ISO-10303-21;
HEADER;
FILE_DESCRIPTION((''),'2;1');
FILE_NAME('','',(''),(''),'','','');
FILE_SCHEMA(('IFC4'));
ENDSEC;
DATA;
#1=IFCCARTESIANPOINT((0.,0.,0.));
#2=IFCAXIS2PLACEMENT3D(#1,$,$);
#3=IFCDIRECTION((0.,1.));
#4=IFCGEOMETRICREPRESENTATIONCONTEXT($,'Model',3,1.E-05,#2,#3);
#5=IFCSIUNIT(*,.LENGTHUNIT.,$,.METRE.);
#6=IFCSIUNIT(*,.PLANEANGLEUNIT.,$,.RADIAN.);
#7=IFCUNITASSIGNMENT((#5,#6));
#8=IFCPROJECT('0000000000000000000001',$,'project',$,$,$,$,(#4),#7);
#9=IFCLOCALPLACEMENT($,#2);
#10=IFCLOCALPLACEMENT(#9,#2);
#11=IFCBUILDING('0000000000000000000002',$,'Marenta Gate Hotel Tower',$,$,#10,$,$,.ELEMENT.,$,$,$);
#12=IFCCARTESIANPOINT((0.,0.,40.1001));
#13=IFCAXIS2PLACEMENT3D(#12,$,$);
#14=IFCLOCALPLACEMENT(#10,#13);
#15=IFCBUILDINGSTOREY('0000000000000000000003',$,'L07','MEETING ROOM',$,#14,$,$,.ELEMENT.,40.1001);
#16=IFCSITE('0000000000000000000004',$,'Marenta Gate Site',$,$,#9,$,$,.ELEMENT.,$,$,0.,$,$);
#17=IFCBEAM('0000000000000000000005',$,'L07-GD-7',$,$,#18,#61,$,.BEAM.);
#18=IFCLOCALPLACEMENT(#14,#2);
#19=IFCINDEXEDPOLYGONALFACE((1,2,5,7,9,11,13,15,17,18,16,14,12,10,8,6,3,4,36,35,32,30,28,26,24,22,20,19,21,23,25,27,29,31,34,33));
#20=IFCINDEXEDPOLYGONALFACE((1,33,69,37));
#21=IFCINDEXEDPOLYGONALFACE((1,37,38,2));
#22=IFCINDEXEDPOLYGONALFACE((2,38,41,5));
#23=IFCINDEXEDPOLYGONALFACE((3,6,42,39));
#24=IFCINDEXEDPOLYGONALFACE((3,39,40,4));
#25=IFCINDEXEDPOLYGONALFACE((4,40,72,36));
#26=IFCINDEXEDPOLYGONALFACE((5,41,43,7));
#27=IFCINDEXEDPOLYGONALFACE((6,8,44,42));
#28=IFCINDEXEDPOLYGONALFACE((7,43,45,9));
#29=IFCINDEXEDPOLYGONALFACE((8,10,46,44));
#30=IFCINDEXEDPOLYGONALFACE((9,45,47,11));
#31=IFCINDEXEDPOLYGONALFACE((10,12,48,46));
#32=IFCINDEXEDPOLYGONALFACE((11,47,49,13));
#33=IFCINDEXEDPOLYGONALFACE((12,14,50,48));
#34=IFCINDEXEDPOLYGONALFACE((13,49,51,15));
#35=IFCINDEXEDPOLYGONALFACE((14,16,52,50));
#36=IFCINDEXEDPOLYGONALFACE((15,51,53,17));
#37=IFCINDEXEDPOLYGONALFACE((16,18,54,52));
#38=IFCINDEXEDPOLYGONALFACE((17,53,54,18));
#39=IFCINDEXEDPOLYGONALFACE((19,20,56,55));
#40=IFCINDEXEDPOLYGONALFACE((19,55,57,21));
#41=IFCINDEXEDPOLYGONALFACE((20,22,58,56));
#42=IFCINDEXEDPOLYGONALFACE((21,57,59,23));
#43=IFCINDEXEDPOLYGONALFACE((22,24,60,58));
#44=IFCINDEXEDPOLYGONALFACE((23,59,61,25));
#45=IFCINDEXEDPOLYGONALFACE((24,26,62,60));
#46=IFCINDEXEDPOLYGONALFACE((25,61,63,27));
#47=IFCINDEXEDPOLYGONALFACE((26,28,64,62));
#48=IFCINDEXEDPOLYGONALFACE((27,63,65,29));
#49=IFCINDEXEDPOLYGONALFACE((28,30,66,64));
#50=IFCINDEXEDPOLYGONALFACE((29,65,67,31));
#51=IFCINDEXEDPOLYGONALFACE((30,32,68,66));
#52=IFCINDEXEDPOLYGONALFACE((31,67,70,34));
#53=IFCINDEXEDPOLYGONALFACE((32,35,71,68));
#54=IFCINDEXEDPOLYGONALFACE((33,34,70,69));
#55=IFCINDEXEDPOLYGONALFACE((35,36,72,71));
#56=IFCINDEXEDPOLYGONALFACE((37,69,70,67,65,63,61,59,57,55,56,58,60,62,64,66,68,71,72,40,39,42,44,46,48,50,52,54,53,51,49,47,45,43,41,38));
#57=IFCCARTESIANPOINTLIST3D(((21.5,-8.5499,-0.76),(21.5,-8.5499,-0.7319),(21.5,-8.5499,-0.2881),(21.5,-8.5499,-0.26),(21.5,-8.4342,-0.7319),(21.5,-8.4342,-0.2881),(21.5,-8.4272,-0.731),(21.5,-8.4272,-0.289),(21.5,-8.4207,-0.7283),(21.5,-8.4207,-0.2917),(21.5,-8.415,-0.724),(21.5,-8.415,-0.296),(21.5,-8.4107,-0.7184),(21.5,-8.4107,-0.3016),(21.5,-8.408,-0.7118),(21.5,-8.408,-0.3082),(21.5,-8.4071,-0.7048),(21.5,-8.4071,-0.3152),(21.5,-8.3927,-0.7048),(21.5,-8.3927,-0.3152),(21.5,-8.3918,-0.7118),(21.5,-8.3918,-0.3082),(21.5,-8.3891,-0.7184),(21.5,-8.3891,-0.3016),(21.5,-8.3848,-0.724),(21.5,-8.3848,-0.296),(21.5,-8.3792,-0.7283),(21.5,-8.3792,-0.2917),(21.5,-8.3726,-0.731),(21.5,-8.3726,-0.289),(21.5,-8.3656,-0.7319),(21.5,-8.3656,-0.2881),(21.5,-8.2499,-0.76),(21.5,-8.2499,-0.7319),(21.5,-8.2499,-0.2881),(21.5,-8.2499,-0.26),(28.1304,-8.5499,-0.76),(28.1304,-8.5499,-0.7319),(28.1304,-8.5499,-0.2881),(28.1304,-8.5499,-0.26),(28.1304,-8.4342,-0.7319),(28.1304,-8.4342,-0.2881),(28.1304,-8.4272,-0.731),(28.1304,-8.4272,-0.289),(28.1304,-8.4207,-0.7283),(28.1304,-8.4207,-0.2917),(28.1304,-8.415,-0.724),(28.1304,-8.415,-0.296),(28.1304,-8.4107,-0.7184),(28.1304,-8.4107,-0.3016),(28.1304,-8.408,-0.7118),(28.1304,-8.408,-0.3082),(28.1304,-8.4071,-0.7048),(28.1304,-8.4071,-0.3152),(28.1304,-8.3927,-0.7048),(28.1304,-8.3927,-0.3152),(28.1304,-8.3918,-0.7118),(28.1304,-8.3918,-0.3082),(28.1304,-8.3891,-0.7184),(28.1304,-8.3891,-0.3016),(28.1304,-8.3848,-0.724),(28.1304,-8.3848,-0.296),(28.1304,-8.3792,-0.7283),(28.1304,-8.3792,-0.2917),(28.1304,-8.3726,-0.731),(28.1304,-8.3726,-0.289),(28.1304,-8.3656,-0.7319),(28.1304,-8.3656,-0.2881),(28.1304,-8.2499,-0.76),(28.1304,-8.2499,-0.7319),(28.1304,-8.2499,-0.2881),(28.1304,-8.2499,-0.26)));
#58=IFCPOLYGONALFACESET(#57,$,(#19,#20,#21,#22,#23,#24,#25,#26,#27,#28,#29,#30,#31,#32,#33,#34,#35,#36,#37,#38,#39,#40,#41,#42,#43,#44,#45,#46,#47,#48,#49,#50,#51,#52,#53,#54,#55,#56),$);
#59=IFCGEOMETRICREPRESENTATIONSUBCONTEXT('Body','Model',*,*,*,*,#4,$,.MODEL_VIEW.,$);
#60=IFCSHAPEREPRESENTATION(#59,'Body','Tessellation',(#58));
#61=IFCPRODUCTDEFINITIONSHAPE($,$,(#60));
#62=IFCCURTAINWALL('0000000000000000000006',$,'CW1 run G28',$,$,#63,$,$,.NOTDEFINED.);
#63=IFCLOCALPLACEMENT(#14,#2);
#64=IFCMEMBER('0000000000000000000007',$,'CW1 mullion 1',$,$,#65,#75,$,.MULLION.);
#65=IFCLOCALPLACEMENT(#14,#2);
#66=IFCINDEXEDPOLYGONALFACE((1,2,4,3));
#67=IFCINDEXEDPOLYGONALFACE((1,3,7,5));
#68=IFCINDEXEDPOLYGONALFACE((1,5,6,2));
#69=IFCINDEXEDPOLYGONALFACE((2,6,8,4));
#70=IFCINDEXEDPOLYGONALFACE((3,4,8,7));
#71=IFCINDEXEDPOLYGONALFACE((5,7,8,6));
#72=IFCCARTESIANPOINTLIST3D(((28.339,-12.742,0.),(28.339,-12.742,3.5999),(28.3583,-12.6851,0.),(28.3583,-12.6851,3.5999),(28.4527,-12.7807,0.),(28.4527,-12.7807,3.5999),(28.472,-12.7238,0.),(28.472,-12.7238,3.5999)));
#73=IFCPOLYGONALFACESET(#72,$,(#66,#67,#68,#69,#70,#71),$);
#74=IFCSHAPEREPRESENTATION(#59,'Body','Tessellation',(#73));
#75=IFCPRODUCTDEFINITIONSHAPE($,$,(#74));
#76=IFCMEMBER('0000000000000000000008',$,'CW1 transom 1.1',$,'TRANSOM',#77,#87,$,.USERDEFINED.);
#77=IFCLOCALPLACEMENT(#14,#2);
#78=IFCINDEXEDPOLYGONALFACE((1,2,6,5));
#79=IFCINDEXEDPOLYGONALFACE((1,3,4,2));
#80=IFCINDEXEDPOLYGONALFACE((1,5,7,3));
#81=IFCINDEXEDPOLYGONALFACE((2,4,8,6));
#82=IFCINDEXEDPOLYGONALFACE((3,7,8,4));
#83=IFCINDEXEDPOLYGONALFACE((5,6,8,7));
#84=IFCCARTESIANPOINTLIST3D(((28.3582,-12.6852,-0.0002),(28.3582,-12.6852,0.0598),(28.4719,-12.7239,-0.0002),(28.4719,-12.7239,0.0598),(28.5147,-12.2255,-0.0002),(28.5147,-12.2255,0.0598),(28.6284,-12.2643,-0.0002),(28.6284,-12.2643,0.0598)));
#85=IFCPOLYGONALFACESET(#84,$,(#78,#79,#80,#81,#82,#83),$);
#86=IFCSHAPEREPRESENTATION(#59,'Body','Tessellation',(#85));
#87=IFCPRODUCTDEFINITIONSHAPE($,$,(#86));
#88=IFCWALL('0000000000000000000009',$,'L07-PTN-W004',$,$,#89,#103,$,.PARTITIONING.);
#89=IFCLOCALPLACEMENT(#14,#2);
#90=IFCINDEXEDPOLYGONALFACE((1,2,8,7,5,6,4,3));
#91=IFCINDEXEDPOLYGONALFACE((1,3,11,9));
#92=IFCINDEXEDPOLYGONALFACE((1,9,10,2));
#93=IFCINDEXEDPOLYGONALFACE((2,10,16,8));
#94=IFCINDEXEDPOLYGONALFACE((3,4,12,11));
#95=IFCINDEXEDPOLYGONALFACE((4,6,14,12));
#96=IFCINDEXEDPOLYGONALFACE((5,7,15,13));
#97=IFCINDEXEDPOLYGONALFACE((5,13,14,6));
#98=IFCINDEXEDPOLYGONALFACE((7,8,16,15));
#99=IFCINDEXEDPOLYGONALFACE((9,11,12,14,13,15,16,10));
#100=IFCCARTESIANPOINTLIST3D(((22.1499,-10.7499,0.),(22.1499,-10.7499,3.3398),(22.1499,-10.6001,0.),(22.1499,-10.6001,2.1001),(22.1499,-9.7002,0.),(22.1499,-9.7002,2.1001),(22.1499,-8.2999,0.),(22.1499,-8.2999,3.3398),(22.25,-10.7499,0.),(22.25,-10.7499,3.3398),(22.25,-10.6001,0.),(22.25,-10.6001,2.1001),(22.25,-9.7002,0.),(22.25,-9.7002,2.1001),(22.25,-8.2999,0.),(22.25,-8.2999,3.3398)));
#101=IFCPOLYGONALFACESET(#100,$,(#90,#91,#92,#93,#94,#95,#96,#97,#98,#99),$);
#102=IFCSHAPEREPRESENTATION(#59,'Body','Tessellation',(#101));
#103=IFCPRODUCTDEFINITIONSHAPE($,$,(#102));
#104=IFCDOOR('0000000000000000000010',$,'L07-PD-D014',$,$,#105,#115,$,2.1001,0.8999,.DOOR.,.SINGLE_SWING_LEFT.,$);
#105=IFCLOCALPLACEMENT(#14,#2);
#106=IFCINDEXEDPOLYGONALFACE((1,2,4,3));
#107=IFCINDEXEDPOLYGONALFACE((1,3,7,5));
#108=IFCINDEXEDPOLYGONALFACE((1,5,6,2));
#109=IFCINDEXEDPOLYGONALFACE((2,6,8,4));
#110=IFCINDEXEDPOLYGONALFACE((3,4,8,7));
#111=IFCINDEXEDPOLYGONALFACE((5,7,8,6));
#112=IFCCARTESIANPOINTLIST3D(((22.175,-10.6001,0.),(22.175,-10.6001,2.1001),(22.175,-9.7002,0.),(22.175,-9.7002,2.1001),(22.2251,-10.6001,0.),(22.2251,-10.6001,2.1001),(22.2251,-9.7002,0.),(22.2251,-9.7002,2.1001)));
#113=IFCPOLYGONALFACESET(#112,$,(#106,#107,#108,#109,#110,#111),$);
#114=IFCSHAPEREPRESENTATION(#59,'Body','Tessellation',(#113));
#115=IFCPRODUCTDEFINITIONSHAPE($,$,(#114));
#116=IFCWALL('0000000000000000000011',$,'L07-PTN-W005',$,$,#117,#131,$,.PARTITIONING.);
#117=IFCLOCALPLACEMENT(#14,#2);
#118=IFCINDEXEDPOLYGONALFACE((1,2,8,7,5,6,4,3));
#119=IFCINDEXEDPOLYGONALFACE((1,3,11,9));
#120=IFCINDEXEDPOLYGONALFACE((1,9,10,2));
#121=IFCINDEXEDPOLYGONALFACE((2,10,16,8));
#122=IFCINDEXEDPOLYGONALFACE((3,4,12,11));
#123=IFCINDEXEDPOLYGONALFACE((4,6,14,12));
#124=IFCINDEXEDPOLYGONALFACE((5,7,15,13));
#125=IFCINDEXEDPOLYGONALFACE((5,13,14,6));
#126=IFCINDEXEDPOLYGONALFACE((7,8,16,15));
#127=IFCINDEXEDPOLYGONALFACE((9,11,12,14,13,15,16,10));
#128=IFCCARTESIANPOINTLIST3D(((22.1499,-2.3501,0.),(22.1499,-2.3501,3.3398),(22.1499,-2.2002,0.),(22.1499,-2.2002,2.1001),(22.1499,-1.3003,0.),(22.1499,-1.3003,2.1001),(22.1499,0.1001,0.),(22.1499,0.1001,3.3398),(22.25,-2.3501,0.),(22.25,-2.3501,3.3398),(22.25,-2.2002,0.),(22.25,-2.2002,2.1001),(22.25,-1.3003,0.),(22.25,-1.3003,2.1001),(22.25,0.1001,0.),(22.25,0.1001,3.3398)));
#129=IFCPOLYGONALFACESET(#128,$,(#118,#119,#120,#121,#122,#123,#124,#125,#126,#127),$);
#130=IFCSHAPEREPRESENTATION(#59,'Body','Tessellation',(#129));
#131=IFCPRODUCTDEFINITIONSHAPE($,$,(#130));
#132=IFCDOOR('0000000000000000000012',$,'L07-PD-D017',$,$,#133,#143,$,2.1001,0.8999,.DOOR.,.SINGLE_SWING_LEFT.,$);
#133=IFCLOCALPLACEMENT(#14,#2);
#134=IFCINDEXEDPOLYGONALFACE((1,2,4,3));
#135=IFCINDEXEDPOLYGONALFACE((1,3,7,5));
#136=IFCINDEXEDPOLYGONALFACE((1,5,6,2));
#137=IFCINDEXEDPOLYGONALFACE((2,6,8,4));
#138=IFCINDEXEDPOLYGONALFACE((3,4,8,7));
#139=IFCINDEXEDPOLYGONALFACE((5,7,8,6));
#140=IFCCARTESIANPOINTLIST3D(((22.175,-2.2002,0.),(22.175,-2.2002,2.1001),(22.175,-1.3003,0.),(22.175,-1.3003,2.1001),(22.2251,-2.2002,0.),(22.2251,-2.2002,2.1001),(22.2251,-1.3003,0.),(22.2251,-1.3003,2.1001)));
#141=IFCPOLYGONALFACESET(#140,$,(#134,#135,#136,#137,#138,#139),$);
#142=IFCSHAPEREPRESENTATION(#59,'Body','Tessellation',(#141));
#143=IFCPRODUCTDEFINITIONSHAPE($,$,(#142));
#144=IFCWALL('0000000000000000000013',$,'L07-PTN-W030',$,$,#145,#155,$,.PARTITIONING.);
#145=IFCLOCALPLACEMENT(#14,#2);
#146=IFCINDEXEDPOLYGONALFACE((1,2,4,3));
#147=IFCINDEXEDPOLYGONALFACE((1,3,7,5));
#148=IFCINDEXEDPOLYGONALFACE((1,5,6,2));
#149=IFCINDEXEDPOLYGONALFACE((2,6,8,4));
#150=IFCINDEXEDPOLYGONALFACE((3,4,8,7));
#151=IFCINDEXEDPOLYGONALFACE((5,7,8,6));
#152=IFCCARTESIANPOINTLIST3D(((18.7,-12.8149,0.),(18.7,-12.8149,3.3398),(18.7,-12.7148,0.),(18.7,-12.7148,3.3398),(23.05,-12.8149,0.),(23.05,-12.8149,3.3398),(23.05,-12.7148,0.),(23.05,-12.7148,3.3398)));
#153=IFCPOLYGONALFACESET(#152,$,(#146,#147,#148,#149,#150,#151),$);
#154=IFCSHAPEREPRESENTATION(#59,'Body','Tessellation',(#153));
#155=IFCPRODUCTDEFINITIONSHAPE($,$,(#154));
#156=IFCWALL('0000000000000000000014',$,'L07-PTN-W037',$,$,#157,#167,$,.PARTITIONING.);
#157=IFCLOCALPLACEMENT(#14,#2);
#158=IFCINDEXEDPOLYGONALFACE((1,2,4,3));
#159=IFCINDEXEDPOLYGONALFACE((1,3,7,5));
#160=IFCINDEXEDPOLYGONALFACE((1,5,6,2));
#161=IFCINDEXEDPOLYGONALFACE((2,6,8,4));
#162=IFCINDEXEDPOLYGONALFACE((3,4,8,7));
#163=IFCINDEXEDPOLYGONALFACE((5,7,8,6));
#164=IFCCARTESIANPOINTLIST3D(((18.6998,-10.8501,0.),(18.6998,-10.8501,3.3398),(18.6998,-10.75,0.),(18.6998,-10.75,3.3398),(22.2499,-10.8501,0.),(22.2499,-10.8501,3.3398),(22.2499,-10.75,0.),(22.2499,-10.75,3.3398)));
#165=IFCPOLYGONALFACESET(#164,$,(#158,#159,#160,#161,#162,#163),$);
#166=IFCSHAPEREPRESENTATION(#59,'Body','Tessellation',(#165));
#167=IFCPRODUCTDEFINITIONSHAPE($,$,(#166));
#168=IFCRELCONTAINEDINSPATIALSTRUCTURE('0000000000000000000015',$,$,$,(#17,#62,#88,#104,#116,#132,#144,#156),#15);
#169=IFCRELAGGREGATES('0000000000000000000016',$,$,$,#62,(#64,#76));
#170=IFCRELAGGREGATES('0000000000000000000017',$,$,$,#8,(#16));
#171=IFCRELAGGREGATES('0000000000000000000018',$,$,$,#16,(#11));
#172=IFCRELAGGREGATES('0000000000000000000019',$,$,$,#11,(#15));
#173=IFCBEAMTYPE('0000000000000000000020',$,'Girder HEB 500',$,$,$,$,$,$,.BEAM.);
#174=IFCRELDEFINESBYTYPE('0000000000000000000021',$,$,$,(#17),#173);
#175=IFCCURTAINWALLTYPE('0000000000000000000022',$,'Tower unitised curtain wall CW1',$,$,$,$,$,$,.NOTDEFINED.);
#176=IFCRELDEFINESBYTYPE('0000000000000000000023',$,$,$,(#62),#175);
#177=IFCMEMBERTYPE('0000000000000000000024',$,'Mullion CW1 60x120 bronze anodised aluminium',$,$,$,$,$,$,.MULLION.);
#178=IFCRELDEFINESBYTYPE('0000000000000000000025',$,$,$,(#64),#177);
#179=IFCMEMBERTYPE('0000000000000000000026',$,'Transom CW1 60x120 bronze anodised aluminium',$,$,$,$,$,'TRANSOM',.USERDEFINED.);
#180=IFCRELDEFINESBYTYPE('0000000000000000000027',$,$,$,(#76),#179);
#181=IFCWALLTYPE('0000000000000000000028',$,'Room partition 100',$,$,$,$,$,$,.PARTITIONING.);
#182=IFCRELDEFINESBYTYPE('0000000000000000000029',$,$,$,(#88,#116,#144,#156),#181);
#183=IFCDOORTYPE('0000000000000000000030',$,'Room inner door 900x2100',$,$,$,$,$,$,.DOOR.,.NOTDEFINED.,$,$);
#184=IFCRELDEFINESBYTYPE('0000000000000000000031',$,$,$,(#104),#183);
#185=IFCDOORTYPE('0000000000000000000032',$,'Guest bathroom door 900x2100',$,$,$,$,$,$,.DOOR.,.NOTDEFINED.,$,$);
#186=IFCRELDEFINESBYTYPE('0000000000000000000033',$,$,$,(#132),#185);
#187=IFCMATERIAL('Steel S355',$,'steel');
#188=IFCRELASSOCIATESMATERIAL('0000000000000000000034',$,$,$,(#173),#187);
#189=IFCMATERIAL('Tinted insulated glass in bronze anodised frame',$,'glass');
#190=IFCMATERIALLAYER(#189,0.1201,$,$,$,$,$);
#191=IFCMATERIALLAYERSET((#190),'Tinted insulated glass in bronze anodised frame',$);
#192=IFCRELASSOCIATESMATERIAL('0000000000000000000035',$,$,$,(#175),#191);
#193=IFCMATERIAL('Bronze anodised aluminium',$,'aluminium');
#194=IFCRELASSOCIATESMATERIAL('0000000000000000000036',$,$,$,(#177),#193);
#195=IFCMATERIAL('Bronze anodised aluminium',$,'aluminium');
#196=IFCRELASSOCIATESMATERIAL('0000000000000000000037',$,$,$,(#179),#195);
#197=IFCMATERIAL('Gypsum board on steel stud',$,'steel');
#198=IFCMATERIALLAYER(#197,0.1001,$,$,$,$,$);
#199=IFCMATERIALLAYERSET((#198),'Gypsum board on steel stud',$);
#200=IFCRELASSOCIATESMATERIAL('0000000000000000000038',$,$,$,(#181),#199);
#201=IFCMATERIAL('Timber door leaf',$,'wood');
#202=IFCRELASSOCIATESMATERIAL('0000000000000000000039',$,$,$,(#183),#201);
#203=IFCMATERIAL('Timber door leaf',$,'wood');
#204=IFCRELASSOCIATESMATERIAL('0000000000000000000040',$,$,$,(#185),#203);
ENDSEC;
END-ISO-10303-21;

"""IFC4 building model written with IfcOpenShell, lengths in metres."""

from ifc_helpers import new_model, si_unit, direction, frame, frame_2d, origin, origin_2d, place, context, subcontext, project, spatial, rectangle, i_section, extrude, material, layer, layer_set, material_profile, profile_set, type_object, element, fill, aggregate, save


model = new_model("IFC4")

# Units and contexts
model_context = context("Model", 3, precision=1e-05, world=origin(), true_north=direction((0.0, 1.0)))
body_context = subcontext(model_context, "Body", "Model", "MODEL_VIEW")
ifc_project = project(units=[si_unit("LENGTHUNIT", "METRE"), si_unit("PLANEANGLEUNIT", "RADIAN")], contexts=[model_context])

# Site, building, storey
site_placement = place(None, origin())
site = spatial("IfcSite", under=ifc_project, at=site_placement, Name="Marenta Gate Site", CompositionType="ELEMENT", RefElevation=0.0)
building_placement = place(site_placement, origin())
building = spatial("IfcBuilding", under=site, at=building_placement, Name="Marenta Gate Hotel Tower", CompositionType="ELEMENT")
storey_placement = place(building_placement, frame((0.0, 0.0, 40.1001)))
storey = spatial("IfcBuildingStorey", under=building, at=storey_placement, Name="L07", Description="MEETING ROOM", CompositionType="ELEMENT", Elevation=40.1001)

# Beam
ifc_material_1 = material(Name="Steel S355", Category="steel")
ifc_material_profile_1 = material_profile(ifc_material_1, i_section(OverallWidth=0.3, OverallDepth=0.5, WebThickness=0.0144, FlangeThickness=0.0281, FilletRadius=0.0271, at=origin_2d()), Name="HEB 500")
ifc_profile_set_1 = profile_set([ifc_material_profile_1], Name="Steel S355")
beam_type_1 = type_object("IfcBeamType", Name="Girder HEB 500", PredefinedType="BEAM", material=ifc_profile_set_1)
beam_1_placement = place(storey_placement, frame((21.5, -8.3999, -0.51), z_axis=(1.0, 0.0, 0.0), x_axis=(0.0, 1.0, 0.0)))
element("IfcBeam", 1, at=beam_1_placement, inside=storey, type_object=beam_type_1, Name="L07-GD-7", PredefinedType="BEAM", context=body_context, shape_type="SweptSolid", body=[
    extrude(i_section(OverallWidth=0.3, OverallDepth=0.5, WebThickness=0.0144, FlangeThickness=0.0281, FilletRadius=0.0271, at=origin_2d()), origin(), (0.0, 0.0, 1.0), 6.6304),
])

# Curtain wall, members
ifc_material_2 = material(Name="Tinted insulated glass in bronze anodised frame", Category="glass")
ifc_layer_1 = layer(ifc_material_2, 0.1201)
ifc_layer_set_1 = layer_set([ifc_layer_1], Name="Tinted insulated glass in bronze anodised frame")
curtain_wall_type = type_object("IfcCurtainWallType", Name="Tower unitised curtain wall CW1", PredefinedType="NOTDEFINED", material=ifc_layer_set_1)
curtain_wall_placement = place(storey_placement, origin())
curtain_wall = element("IfcCurtainWall", 2, at=curtain_wall_placement, inside=storey, type_object=curtain_wall_type, Name="CW1 run G28", PredefinedType="NOTDEFINED")
ifc_material_3 = material(Name="Bronze anodised aluminium", Category="aluminium")
ifc_material_profile_2 = material_profile(ifc_material_3, rectangle(XDim=0.1201, YDim=0.0601, at=origin_2d()), Name="Mullion CW1 60x120 bronze anodised aluminium")
ifc_profile_set_2 = profile_set([ifc_material_profile_2], Name="Bronze anodised aluminium")
member_type_1 = type_object("IfcMemberType", Name="Mullion CW1 60x120 bronze anodised aluminium", PredefinedType="MULLION", material=ifc_profile_set_2)
member_1_placement = place(storey_placement, frame((28.4055, -12.7329, 0.0), z_axis=(0.0, 0.0, 1.0), x_axis=(-0.946722, 0.322051, 0.0)))
member_1 = element("IfcMember", 3, at=member_1_placement, type_object=member_type_1, Name="CW1 mullion 1", PredefinedType="MULLION", context=body_context, shape_type="SweptSolid", body=[
    extrude(rectangle(XDim=0.1201, YDim=0.0601, at=origin_2d()), origin(), (0.0, 0.0, 1.0), 3.5999),
])
ifc_material_4 = material(Name="Bronze anodised aluminium", Category="aluminium")
ifc_material_profile_3 = material_profile(ifc_material_4, rectangle(XDim=0.1201, YDim=0.0601, at=origin_2d()), Name="Transom CW1 60x120 bronze anodised aluminium")
ifc_profile_set_3 = profile_set([ifc_material_profile_3], Name="Bronze anodised aluminium")
member_type_2 = type_object("IfcMemberType", Name="Transom CW1 60x120 bronze anodised aluminium", ElementType="TRANSOM", PredefinedType="USERDEFINED", material=ifc_profile_set_3)
member_2_placement = place(storey_placement, frame((28.415, -12.7046, 0.0298), z_axis=(0.322254, 0.946653, 0.0), x_axis=(-0.946653, 0.322254, 0.0)))
member_2 = element("IfcMember", 4, at=member_2_placement, type_object=member_type_2, Name="CW1 transom 1.1", ObjectType="TRANSOM", PredefinedType="USERDEFINED", context=body_context, shape_type="SweptSolid", body=[
    extrude(rectangle(XDim=0.1201, YDim=0.0601, at=origin_2d()), origin(), (0.0, 0.0, 1.0), 0.4856),
])
aggregate(curtain_wall, [member_1, member_2])

# Walls, openings, doors
ifc_material_5 = material(Name="Gypsum board on steel stud", Category="steel")
ifc_layer_2 = layer(ifc_material_5, 0.1001)
ifc_layer_set_2 = layer_set([ifc_layer_2], Name="Gypsum board on steel stud")
wall_type_1 = type_object("IfcWallType", Name="Room partition 100", PredefinedType="PARTITIONING", material=ifc_layer_set_2)
wall_1_placement = place(storey_placement, frame((22.2, -10.75, 0.0), z_axis=(0.0, 0.0, 1.0), x_axis=(0.0, 1.0, 0.0)))
wall_1 = element("IfcWall", 5, at=wall_1_placement, inside=storey, type_object=wall_type_1, Name="L07-PTN-W004", PredefinedType="PARTITIONING", context=body_context, shape_type="SweptSolid", body=[
    extrude(rectangle(XDim=2.45, YDim=0.1001, at=frame_2d((1.2251, 0.0))), origin(), (0.0, 0.0, 1.0), 3.3398),
])
opening_1_placement = place(wall_1_placement, frame((0.1499, 0.0, 0.0)))
opening_1 = element("IfcOpeningElement", 6, at=opening_1_placement, cuts=wall_1, PredefinedType="OPENING", context=body_context, shape_type="SweptSolid", body=[
    extrude(rectangle(XDim=0.8999, YDim=2.1001, at=frame_2d((0.45, 1.05))), frame((0.0, 0.05, 0.0), z_axis=(0.0, -1.0, 0.0), x_axis=(1.0, 0.0, 0.0)), (0.0, 0.0, 1.0), 0.1001),
])
ifc_material_6 = material(Name="Timber door leaf", Category="wood")
door_type_1 = type_object("IfcDoorType", Name="Room inner door 900x2100", OperationType="NOTDEFINED", PredefinedType="DOOR", material=ifc_material_6)
door_1_placement = place(opening_1_placement, origin())
door_1 = element("IfcDoor", 7, at=door_1_placement, inside=storey, type_object=door_type_1, Name="L07-PD-D014", OperationType="SINGLE_SWING_LEFT", OverallHeight=2.1001, OverallWidth=0.8999, PredefinedType="DOOR", context=body_context, shape_type="SweptSolid", body=[
    extrude(rectangle(XDim=0.8999, YDim=2.1001, at=frame_2d((0.45, 1.05))), frame((0.0, 0.0249, 0.0), z_axis=(0.0, -1.0, 0.0), x_axis=(1.0, 0.0, 0.0)), (0.0, 0.0, 1.0), 0.05),
])
fill(opening_1, door_1)
wall_2_placement = place(storey_placement, frame((22.2, -2.3501, 0.0), z_axis=(0.0, 0.0, 1.0), x_axis=(0.0, 1.0, 0.0)))
wall_2 = element("IfcWall", 8, at=wall_2_placement, inside=storey, type_object=wall_type_1, Name="L07-PTN-W005", PredefinedType="PARTITIONING", context=body_context, shape_type="SweptSolid", body=[
    extrude(rectangle(XDim=2.4502, YDim=0.1001, at=frame_2d((1.2251, 0.0))), origin(), (0.0, 0.0, 1.0), 3.3398),
])
opening_2_placement = place(wall_2_placement, frame((0.1499, 0.0, 0.0)))
opening_2 = element("IfcOpeningElement", 9, at=opening_2_placement, cuts=wall_2, PredefinedType="OPENING", context=body_context, shape_type="SweptSolid", body=[
    extrude(rectangle(XDim=0.8999, YDim=2.1001, at=frame_2d((0.45, 1.05))), frame((0.0, 0.05, 0.0), z_axis=(0.0, -1.0, 0.0), x_axis=(1.0, 0.0, 0.0)), (0.0, 0.0, 1.0), 0.1001),
])
ifc_material_7 = material(Name="Timber door leaf", Category="wood")
door_type_2 = type_object("IfcDoorType", Name="Guest bathroom door 900x2100", OperationType="NOTDEFINED", PredefinedType="DOOR", material=ifc_material_7)
door_2_placement = place(opening_2_placement, origin())
door_2 = element("IfcDoor", 10, at=door_2_placement, inside=storey, type_object=door_type_2, Name="L07-PD-D017", OperationType="SINGLE_SWING_LEFT", OverallHeight=2.1001, OverallWidth=0.8999, PredefinedType="DOOR", context=body_context, shape_type="SweptSolid", body=[
    extrude(rectangle(XDim=0.8999, YDim=2.1001, at=frame_2d((0.45, 1.05))), frame((0.0, 0.0249, 0.0), z_axis=(0.0, -1.0, 0.0), x_axis=(1.0, 0.0, 0.0)), (0.0, 0.0, 1.0), 0.05),
])
fill(opening_2, door_2)

# Walls
wall_3_placement = place(storey_placement, frame((18.7, -12.7649, 0.0), z_axis=(0.0, 0.0, 1.0), x_axis=(1.0, 0.0, 0.0)))
element("IfcWall", 11, at=wall_3_placement, inside=storey, type_object=wall_type_1, Name="L07-PTN-W030", PredefinedType="PARTITIONING", context=body_context, shape_type="SweptSolid", body=[
    extrude(rectangle(XDim=4.3501, YDim=0.1001, at=frame_2d((2.175, 0.0))), origin(), (0.0, 0.0, 1.0), 3.3398),
])
wall_4_placement = place(storey_placement, frame((18.7, -10.8, 0.0), z_axis=(0.0, 0.0, 1.0), x_axis=(1.0, 0.0, 0.0)))
element("IfcWall", 12, at=wall_4_placement, inside=storey, type_object=wall_type_1, Name="L07-PTN-W037", PredefinedType="PARTITIONING", context=body_context, shape_type="SweptSolid", body=[
    extrude(rectangle(XDim=3.55, YDim=0.1001, at=frame_2d((1.7749, 0.0))), origin(), (0.0, 0.0, 1.0), 3.3398),
])

save(model, "model.ifc")
